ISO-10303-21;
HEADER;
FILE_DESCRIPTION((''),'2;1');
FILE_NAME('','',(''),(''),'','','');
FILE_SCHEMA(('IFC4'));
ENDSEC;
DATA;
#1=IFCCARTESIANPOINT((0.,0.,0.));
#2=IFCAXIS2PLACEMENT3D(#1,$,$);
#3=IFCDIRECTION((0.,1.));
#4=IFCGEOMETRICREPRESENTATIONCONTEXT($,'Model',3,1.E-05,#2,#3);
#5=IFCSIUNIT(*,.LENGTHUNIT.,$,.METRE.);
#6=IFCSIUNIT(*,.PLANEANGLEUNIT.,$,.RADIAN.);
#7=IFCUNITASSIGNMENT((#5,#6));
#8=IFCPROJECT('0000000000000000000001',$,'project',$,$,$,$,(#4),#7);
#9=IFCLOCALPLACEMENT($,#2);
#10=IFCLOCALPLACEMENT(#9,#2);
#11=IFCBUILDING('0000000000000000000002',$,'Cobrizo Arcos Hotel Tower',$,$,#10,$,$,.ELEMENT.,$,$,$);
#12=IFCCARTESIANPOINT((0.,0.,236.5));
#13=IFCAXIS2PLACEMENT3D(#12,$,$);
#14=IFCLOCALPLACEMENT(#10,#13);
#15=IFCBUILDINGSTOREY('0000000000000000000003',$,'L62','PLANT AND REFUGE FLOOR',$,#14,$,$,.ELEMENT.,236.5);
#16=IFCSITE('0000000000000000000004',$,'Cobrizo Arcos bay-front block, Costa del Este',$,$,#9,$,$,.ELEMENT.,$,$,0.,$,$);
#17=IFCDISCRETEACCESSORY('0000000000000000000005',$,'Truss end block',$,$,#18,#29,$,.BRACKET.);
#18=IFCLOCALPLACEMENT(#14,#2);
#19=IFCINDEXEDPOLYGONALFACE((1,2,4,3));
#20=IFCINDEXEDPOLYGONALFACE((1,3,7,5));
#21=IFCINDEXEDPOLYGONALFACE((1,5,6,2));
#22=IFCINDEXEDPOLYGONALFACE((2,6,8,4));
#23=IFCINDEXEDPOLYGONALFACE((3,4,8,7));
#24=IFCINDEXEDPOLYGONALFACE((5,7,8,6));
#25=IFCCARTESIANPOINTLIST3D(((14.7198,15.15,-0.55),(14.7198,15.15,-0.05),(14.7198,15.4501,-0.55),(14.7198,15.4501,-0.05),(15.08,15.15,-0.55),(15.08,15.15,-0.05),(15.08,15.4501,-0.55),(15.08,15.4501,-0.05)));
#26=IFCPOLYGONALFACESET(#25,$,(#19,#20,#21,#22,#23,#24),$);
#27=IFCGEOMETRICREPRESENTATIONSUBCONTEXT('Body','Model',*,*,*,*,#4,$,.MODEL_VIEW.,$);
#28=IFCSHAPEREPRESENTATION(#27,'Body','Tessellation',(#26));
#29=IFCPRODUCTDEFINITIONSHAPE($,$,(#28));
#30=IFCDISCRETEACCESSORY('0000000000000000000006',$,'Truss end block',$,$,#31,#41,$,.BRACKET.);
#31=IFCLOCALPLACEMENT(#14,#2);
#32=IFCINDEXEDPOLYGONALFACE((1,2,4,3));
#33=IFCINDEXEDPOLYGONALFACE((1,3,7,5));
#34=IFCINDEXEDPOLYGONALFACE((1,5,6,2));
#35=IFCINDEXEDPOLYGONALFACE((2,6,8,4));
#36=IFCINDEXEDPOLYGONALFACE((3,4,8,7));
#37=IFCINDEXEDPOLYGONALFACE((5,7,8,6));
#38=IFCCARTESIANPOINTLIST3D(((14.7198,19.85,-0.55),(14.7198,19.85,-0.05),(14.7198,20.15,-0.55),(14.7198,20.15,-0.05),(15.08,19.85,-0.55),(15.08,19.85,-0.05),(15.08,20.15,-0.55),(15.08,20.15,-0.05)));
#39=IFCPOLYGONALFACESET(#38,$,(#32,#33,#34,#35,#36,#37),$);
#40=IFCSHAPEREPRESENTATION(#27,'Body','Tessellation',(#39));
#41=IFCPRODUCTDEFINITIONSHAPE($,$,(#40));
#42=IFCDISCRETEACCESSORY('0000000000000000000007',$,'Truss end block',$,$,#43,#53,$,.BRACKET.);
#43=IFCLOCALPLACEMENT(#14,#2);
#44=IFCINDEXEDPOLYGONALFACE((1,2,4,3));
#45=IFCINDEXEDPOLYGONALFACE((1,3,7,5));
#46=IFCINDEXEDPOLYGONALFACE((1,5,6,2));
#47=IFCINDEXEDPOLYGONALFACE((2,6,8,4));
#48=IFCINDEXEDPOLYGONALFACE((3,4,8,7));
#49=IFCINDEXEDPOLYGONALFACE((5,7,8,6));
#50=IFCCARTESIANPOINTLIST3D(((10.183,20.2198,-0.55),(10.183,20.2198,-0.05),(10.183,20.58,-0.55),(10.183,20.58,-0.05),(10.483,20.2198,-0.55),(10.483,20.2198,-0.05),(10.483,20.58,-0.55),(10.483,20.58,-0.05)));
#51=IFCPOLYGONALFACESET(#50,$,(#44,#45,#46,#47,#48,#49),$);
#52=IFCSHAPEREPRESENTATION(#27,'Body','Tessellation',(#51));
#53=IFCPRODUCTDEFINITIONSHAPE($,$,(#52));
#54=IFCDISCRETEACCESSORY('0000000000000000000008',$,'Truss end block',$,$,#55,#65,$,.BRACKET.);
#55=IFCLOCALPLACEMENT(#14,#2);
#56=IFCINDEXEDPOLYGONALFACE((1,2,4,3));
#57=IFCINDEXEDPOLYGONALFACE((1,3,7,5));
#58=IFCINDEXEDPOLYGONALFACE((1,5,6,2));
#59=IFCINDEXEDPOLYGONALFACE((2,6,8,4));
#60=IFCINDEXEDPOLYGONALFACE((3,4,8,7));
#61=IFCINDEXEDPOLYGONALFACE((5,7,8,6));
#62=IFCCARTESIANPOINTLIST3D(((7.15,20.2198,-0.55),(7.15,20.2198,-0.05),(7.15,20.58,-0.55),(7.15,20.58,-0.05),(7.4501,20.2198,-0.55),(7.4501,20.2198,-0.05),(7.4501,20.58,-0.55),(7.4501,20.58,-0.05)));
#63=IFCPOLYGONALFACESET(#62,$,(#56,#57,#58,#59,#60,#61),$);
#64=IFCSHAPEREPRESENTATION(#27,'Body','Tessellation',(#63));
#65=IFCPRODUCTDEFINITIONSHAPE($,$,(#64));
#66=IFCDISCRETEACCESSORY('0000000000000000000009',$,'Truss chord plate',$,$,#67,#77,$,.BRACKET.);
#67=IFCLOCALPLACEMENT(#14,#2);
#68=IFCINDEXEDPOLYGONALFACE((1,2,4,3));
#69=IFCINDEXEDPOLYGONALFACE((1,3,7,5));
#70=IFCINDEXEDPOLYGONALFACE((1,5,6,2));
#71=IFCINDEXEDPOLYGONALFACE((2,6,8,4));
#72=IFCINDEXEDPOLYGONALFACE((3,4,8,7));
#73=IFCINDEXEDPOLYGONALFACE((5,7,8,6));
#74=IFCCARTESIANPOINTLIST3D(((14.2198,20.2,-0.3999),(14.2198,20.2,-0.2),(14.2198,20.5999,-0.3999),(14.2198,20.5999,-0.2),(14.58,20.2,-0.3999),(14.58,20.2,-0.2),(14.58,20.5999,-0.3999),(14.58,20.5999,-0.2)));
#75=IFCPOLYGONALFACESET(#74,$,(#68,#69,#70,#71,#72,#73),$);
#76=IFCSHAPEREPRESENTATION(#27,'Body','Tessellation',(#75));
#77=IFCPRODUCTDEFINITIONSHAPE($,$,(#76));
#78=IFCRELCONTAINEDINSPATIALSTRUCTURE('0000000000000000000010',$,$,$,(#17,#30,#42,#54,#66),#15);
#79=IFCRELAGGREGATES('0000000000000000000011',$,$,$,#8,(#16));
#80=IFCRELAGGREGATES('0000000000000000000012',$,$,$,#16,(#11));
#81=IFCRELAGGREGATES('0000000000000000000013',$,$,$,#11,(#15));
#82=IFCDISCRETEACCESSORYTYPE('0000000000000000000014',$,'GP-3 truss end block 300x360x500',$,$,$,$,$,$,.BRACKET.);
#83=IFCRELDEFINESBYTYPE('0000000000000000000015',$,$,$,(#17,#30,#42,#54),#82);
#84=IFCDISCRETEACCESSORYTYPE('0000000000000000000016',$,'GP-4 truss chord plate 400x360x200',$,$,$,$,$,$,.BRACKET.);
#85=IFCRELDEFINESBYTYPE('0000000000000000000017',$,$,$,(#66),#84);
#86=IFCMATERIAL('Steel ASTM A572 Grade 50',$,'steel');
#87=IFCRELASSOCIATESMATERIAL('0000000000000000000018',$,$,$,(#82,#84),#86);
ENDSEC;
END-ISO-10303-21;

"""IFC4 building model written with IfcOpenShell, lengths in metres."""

from ifc_helpers import new_model, si_unit, direction, frame, origin, origin_2d, place, context, subcontext, project, spatial, rectangle, extrude, material, type_object, element, save


model = new_model("IFC4")

# Units and contexts
model_context = context("Model", 3, precision=1e-05, world=origin(), true_north=direction((0.0, 1.0)))
body_context = subcontext(model_context, "Body", "Model", "MODEL_VIEW")
ifc_project = project(units=[si_unit("LENGTHUNIT", "METRE"), si_unit("PLANEANGLEUNIT", "RADIAN")], contexts=[model_context])

# Site, building, storey
site_placement = place(None, origin())
site = spatial("IfcSite", under=ifc_project, at=site_placement, Name="Cobrizo Arcos bay-front block, Costa del Este", CompositionType="ELEMENT", RefElevation=0.0)
building_placement = place(site_placement, origin())
building = spatial("IfcBuilding", under=site, at=building_placement, Name="Cobrizo Arcos Hotel Tower", CompositionType="ELEMENT")
storey_placement = place(building_placement, frame((0.0, 0.0, 236.5)))
storey = spatial("IfcBuildingStorey", under=building, at=storey_placement, Name="L62", Description="PLANT AND REFUGE FLOOR", CompositionType="ELEMENT", Elevation=236.5)

# Shared definitions
ifc_material_1 = material(Name="Steel ASTM A572 Grade 50", Category="steel")

# Discrete accessories
discrete_accessory_type_1 = type_object("IfcDiscreteAccessoryType", Name="GP-3 truss end block 300x360x500", PredefinedType="BRACKET", material=ifc_material_1)
for number, where, z_axis, x_axis, name in (
    (1, (14.8999, 15.3, -0.55), (0.0, 0.0, 1.0), (0.0, 1.0, 0.0), "Truss end block"),
    (2, (14.8999, 20.0, -0.55), (0.0, 0.0, 1.0), (0.0, -1.0, 0.0), "Truss end block"),
    (3, (10.333, 20.3999, -0.55), (0.0, 0.0, 1.0), (1.0, 0.0, 0.0), "Truss end block"),
    (4, (7.3, 20.3999, -0.55), (0.0, 0.0, 1.0), (1.0, 0.0, 0.0), "Truss end block"),
):
    element("IfcDiscreteAccessory", number, at=place(storey_placement, frame(where, z_axis=z_axis, x_axis=x_axis)), inside=storey, type_object=discrete_accessory_type_1, Name=name, PredefinedType="BRACKET", context=body_context, shape_type="SweptSolid", body=[
        extrude(rectangle(XDim=0.3, YDim=0.3601, at=origin_2d()), origin(), (0.0, 0.0, 1.0), 0.5),
    ])
discrete_accessory_type_2 = type_object("IfcDiscreteAccessoryType", Name="GP-4 truss chord plate 400x360x200", PredefinedType="BRACKET", material=ifc_material_1)
discrete_accessory_placement = place(storey_placement, frame((14.3999, 20.3999, -0.3999), z_axis=(0.0, 0.0, 1.0), x_axis=(0.0, 1.0, 0.0)))
element("IfcDiscreteAccessory", 5, at=discrete_accessory_placement, inside=storey, type_object=discrete_accessory_type_2, Name="Truss chord plate", PredefinedType="BRACKET", context=body_context, shape_type="SweptSolid", body=[
    extrude(rectangle(XDim=0.3999, YDim=0.3601, at=origin_2d()), origin(), (0.0, 0.0, 1.0), 0.2),
])

save(model, "model.ifc")
